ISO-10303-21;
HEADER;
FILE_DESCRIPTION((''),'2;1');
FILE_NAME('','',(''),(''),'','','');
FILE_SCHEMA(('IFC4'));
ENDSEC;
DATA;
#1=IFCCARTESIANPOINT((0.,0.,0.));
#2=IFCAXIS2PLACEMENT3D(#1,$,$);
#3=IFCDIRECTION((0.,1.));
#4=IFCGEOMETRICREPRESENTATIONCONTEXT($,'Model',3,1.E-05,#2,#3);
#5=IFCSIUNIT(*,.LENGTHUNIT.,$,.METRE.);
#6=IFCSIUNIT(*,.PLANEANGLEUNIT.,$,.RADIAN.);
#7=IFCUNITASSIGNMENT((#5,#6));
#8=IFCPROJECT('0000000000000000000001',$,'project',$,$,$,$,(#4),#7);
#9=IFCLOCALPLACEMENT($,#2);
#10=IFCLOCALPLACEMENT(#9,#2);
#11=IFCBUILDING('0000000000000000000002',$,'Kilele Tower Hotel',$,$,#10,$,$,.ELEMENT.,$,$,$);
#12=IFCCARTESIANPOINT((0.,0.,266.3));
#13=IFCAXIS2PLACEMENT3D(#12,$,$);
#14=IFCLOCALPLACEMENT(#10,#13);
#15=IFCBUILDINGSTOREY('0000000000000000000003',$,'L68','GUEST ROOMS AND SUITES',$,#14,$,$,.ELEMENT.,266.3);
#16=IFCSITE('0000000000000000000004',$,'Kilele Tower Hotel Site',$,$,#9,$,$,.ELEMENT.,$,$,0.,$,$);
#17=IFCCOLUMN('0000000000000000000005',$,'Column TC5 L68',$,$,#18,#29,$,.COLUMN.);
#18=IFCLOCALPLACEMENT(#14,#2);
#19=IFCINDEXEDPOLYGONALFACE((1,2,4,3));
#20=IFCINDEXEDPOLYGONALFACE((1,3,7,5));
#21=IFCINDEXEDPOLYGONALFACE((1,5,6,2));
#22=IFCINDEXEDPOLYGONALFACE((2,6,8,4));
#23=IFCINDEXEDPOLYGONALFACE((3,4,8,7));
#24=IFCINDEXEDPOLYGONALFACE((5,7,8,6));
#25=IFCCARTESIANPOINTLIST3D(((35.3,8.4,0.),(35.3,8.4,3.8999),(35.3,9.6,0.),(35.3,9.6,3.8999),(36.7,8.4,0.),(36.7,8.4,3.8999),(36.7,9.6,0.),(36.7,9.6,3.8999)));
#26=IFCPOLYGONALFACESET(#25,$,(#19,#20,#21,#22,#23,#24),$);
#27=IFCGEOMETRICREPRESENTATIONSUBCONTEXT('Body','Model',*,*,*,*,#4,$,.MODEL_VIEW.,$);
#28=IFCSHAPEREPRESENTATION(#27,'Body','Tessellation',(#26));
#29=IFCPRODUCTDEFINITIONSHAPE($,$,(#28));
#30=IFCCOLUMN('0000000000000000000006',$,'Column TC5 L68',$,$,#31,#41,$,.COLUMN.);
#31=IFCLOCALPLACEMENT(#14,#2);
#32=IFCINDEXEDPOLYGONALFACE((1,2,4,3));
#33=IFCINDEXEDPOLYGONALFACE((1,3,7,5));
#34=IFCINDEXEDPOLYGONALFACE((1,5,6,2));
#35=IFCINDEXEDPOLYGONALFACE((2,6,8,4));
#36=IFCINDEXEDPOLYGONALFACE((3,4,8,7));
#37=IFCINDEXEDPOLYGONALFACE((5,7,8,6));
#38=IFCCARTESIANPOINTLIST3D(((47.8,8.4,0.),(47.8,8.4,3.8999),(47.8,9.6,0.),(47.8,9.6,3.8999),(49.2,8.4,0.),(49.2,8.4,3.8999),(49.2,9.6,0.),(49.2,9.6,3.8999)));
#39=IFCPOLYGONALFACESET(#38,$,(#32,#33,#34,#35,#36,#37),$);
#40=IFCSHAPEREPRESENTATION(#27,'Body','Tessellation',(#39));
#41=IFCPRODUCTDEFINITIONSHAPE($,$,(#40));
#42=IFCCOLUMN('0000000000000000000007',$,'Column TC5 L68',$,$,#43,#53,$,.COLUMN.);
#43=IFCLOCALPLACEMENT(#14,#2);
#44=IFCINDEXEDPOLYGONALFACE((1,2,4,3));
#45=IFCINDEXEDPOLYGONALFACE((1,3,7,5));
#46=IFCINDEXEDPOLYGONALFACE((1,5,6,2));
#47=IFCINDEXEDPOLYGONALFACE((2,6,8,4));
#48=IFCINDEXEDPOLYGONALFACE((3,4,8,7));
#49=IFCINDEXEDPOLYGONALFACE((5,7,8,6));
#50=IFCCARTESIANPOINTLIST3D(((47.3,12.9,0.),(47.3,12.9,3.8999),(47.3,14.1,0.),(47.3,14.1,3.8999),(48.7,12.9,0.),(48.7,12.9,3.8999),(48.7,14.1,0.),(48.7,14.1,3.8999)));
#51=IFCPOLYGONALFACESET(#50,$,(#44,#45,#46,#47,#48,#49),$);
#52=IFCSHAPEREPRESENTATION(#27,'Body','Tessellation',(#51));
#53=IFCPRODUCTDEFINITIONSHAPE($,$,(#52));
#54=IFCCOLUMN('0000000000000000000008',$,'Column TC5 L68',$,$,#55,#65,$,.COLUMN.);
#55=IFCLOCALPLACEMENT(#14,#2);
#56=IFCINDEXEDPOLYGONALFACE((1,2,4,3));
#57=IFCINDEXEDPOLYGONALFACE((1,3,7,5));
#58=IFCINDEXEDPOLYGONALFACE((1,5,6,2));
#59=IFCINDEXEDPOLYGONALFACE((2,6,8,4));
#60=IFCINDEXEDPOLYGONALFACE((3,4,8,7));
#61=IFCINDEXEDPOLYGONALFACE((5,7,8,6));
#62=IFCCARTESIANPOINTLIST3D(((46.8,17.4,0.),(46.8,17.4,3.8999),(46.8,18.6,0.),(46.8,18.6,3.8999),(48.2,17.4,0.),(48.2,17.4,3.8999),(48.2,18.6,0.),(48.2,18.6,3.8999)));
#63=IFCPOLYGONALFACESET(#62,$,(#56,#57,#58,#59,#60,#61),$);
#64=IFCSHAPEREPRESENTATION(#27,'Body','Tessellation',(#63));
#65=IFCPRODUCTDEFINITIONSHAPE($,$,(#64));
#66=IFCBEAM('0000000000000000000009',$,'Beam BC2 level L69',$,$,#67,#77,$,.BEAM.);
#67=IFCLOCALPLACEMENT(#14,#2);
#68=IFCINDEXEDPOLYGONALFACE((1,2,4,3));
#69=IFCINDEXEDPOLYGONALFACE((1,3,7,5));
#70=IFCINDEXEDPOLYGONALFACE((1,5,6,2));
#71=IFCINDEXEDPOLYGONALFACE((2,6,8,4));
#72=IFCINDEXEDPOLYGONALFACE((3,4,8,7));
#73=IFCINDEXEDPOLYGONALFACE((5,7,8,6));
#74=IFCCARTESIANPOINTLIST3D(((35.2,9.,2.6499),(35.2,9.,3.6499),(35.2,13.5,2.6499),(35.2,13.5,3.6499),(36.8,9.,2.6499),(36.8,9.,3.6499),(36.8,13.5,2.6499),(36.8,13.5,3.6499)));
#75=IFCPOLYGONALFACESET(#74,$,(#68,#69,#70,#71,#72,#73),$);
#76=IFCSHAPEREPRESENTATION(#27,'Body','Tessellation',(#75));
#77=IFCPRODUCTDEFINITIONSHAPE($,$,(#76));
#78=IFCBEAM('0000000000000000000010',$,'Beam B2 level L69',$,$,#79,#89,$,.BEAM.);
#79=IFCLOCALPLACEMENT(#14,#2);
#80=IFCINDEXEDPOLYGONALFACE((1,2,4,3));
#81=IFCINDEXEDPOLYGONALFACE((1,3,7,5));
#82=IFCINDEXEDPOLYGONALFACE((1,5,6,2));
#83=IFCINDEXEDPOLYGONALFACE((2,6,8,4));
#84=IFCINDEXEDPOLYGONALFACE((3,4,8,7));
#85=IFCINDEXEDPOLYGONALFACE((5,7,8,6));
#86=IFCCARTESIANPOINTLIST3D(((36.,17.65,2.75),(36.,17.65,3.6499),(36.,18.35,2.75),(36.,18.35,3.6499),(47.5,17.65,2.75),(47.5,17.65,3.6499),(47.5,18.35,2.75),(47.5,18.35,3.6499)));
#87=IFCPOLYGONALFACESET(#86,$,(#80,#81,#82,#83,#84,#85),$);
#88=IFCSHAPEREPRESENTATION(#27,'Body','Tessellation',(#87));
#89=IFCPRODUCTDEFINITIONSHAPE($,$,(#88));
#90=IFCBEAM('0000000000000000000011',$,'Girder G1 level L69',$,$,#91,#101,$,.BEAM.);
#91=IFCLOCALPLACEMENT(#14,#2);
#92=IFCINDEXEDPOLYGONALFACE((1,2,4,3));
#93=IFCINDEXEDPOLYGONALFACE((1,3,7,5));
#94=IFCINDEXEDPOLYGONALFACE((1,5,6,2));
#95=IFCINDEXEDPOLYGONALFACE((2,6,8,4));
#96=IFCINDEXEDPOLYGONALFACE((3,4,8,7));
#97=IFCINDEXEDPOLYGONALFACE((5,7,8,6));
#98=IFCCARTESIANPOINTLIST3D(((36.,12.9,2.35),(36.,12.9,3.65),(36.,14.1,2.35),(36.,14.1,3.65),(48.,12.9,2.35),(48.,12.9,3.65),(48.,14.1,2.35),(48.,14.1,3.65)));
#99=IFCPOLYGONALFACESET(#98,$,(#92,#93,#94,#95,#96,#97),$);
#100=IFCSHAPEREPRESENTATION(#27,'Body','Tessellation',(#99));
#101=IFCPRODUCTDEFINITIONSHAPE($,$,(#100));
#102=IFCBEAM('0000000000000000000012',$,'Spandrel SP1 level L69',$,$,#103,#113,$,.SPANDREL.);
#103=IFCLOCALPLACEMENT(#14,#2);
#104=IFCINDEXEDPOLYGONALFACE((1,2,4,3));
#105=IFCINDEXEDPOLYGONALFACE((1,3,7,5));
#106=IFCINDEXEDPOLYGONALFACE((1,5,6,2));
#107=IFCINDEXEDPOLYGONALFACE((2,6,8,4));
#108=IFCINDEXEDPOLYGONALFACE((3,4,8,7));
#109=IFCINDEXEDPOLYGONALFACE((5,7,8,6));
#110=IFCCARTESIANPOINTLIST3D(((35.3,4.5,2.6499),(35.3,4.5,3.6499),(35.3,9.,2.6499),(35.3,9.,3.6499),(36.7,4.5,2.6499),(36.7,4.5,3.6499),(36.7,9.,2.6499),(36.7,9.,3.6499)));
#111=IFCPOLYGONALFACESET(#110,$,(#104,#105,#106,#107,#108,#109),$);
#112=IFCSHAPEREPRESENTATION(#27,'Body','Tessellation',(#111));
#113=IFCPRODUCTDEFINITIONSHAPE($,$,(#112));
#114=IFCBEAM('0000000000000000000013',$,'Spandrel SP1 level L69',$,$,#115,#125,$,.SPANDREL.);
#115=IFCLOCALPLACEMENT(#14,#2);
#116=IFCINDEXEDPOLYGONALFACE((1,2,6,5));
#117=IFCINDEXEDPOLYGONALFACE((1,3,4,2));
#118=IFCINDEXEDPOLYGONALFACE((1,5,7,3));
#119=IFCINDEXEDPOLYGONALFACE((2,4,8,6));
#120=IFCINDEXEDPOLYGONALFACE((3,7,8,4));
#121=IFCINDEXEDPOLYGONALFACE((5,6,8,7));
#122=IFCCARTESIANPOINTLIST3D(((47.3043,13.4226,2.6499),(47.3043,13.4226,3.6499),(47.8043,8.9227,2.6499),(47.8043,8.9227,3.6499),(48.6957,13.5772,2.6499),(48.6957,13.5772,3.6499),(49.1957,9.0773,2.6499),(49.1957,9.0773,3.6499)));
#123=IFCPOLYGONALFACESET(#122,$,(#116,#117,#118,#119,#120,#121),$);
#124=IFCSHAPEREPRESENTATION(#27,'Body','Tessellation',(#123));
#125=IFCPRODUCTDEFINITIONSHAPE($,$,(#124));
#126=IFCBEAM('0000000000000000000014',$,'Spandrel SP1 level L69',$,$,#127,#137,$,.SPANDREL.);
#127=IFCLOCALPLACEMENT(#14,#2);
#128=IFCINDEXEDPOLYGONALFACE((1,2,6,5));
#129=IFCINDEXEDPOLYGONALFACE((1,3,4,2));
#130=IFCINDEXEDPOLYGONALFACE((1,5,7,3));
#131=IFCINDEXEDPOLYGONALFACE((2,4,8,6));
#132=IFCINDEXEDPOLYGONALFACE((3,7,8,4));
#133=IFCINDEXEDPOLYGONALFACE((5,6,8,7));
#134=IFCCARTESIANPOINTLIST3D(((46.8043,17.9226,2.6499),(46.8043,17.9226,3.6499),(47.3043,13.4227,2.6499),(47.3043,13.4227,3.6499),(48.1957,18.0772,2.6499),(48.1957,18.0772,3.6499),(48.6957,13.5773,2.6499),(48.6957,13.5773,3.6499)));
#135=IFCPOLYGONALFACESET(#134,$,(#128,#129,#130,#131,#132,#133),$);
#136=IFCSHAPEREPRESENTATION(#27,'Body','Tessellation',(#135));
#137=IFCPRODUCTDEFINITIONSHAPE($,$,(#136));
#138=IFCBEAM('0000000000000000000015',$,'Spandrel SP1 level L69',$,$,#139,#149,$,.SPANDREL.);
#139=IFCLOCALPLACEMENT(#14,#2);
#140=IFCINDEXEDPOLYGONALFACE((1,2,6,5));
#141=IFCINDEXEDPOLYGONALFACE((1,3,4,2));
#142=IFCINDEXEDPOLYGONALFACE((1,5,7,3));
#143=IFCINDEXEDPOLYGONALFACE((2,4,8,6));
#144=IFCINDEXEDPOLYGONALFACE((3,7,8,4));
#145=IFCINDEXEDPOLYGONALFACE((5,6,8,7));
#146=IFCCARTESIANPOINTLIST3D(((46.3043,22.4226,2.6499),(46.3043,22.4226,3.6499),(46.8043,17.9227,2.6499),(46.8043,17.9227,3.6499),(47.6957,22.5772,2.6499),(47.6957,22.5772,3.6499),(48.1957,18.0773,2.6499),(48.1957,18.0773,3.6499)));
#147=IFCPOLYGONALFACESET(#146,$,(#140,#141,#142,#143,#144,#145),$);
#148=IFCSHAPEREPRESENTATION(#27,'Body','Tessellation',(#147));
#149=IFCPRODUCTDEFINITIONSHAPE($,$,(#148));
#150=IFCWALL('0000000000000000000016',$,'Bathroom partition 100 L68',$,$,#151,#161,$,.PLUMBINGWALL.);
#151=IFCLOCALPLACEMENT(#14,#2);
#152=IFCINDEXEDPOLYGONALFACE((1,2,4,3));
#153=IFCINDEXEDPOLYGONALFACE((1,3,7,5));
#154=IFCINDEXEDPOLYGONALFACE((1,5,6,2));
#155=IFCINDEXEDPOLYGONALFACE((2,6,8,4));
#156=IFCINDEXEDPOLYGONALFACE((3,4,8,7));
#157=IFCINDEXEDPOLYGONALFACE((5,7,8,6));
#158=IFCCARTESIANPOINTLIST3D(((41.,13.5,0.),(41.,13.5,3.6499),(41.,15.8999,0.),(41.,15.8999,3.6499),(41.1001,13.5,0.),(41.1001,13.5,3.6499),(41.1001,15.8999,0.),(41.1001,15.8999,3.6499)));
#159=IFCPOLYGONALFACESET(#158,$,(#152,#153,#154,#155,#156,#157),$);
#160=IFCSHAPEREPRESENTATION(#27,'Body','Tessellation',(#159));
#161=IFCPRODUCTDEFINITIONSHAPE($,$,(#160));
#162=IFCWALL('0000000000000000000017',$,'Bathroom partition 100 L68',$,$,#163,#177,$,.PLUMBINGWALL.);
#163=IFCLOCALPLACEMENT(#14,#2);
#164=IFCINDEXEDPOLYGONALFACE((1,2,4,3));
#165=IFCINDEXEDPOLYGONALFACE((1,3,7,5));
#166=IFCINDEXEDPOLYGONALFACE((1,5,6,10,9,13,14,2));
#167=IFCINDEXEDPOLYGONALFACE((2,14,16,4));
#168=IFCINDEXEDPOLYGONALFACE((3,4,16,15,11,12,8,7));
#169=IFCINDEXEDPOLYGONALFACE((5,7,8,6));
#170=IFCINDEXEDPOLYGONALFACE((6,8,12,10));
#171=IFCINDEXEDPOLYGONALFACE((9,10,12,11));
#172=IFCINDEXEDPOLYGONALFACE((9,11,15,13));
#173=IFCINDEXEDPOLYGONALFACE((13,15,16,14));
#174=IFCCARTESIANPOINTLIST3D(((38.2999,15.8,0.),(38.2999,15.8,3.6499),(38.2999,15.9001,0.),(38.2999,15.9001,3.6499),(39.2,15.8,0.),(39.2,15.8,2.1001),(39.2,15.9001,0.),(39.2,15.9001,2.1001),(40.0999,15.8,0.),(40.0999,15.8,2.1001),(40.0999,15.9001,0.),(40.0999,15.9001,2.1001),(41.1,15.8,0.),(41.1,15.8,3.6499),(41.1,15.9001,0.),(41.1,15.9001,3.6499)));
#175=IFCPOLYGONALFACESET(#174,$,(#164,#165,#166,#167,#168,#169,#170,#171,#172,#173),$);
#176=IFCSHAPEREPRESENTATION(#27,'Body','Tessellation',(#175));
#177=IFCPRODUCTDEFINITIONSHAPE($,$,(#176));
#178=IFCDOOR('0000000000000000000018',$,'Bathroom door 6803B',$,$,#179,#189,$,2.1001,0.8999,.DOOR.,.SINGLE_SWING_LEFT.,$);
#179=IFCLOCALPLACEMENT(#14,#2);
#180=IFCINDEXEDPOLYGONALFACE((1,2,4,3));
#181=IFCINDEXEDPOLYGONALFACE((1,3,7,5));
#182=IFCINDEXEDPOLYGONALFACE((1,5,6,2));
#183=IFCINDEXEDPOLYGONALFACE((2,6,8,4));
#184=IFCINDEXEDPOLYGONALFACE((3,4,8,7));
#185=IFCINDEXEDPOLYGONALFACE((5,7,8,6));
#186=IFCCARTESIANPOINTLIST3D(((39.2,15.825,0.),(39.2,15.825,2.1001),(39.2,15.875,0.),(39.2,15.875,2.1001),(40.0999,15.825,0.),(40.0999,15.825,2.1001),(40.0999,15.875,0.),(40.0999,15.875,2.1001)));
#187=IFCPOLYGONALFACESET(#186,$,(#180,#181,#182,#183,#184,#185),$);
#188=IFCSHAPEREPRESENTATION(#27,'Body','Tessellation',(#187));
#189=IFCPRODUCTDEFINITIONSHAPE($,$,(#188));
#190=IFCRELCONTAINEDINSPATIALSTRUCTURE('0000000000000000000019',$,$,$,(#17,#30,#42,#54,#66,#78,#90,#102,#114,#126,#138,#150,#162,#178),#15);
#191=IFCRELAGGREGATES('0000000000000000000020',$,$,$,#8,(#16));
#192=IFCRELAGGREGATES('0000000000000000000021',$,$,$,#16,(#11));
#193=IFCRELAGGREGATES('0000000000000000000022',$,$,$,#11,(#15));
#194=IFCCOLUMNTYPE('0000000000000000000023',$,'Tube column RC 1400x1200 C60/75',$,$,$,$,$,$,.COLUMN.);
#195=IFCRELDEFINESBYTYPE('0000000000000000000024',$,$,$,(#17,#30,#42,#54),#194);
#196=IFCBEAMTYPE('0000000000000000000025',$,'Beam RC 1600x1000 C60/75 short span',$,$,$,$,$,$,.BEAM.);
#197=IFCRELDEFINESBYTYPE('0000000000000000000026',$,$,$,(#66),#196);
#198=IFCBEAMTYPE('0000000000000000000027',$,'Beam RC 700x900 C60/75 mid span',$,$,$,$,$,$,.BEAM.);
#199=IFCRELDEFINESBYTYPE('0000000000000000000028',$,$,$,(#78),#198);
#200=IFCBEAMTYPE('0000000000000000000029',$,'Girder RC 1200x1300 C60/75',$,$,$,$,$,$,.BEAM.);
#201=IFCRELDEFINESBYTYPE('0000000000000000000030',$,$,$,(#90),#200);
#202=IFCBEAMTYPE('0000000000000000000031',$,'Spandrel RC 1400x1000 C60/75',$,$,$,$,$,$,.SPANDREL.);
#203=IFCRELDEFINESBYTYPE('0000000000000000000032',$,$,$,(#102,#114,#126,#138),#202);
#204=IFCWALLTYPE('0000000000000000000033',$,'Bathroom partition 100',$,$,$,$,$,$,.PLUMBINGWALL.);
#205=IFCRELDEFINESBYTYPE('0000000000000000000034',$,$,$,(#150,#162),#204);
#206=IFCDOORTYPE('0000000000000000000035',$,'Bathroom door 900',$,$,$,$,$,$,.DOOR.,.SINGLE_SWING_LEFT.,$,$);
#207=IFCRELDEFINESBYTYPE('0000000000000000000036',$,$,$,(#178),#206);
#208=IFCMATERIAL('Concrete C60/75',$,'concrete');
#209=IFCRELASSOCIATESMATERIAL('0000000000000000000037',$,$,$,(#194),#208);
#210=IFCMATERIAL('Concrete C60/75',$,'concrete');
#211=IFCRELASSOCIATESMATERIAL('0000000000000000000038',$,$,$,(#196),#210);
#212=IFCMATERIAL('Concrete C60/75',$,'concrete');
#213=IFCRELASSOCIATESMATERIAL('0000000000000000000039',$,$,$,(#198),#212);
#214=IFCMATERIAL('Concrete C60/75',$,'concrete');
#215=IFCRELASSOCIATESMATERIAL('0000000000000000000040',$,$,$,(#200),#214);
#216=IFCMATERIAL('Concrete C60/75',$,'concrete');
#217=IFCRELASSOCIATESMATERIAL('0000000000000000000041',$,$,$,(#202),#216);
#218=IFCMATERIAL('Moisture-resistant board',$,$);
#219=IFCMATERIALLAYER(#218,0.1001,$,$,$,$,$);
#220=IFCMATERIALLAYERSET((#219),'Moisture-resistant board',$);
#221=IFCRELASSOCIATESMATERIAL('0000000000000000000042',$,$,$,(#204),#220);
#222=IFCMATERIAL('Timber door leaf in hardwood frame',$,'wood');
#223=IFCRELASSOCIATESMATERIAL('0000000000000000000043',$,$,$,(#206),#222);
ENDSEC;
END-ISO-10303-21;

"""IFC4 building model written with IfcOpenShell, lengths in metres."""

from ifc_helpers import new_model, si_unit, direction, frame, frame_2d, origin, origin_2d, place, context, subcontext, project, spatial, rectangle, extrude, material, layer, layer_set, material_profile, profile_set, type_object, element, fill, save


model = new_model("IFC4")

# Units and contexts
model_context = context("Model", 3, precision=1e-05, world=origin(), true_north=direction((0.0, 1.0)))
body_context = subcontext(model_context, "Body", "Model", "MODEL_VIEW")
ifc_project = project(units=[si_unit("LENGTHUNIT", "METRE"), si_unit("PLANEANGLEUNIT", "RADIAN")], contexts=[model_context])

# Site, building, storey
site_placement = place(None, origin())
site = spatial("IfcSite", under=ifc_project, at=site_placement, Name="Kilele Tower Hotel Site", CompositionType="ELEMENT", RefElevation=0.0)
building_placement = place(site_placement, origin())
building = spatial("IfcBuilding", under=site, at=building_placement, Name="Kilele Tower Hotel", CompositionType="ELEMENT")
storey_placement = place(building_placement, frame((0.0, 0.0, 266.3)))
storey = spatial("IfcBuildingStorey", under=building, at=storey_placement, Name="L68", Description="GUEST ROOMS AND SUITES", CompositionType="ELEMENT", Elevation=266.3)

# Columns
ifc_material_1 = material(Name="Concrete C60/75", Category="concrete")
ifc_material_profile_1 = material_profile(ifc_material_1, rectangle(XDim=1.3999, YDim=1.2, at=origin_2d()))
ifc_profile_set_1 = profile_set([ifc_material_profile_1], Name="Concrete C60/75")
column_type = type_object("IfcColumnType", Name="Tube column RC 1400x1200 C60/75", PredefinedType="COLUMN", material=ifc_profile_set_1)
for number, where, z_axis, x_axis, name in (
    (1, (36.0, 9.0, 0.0), (0.0, 0.0, 1.0), (1.0, 0.0, 0.0), "Column TC5 L68"),
    (2, (48.5, 9.0, 0.0), (0.0, 0.0, 1.0), (1.0, 0.0, 0.0), "Column TC5 L68"),
    (3, (48.0, 13.5, 0.0), (0.0, 0.0, 1.0), (1.0, 0.0, 0.0), "Column TC5 L68"),
    (4, (47.5, 18.0, 0.0), (0.0, 0.0, 1.0), (1.0, 0.0, 0.0), "Column TC5 L68"),
):
    element("IfcColumn", number, at=place(storey_placement, frame(where, z_axis=z_axis, x_axis=x_axis)), inside=storey, type_object=column_type, Name=name, PredefinedType="COLUMN", context=body_context, shape_type="SweptSolid", body=[
        extrude(rectangle(XDim=1.3999, YDim=1.2, at=origin_2d()), origin(), (0.0, 0.0, 1.0), 3.8999),
    ])

# Beams
ifc_material_2 = material(Name="Concrete C60/75", Category="concrete")
ifc_material_profile_2 = material_profile(ifc_material_2, rectangle(XDim=1.6001, YDim=1.0, at=origin_2d()))
ifc_profile_set_2 = profile_set([ifc_material_profile_2], Name="Concrete C60/75")
beam_type_1 = type_object("IfcBeamType", Name="Beam RC 1600x1000 C60/75 short span", PredefinedType="BEAM", material=ifc_profile_set_2)
beam_1_placement = place(storey_placement, frame((36.0, 9.0, 3.1499), z_axis=(0.0, 1.0, 0.0), x_axis=(-1.0, 0.0, 0.0)))
element("IfcBeam", 5, at=beam_1_placement, inside=storey, type_object=beam_type_1, Name="Beam BC2 level L69", PredefinedType="BEAM", context=body_context, shape_type="SweptSolid", body=[
    extrude(rectangle(XDim=1.6001, YDim=1.0, at=origin_2d()), origin(), (0.0, 0.0, 1.0), 4.5),
])
ifc_material_3 = material(Name="Concrete C60/75", Category="concrete")
ifc_material_profile_3 = material_profile(ifc_material_3, rectangle(XDim=0.7, YDim=0.8999, at=origin_2d()))
ifc_profile_set_3 = profile_set([ifc_material_profile_3], Name="Concrete C60/75")
beam_type_2 = type_object("IfcBeamType", Name="Beam RC 700x900 C60/75 mid span", PredefinedType="BEAM", material=ifc_profile_set_3)
beam_2_placement = place(storey_placement, frame((47.5, 18.0, 3.2), z_axis=(-1.0, 0.0, 0.0), x_axis=(0.0, -1.0, 0.0)))
element("IfcBeam", 6, at=beam_2_placement, inside=storey, type_object=beam_type_2, Name="Beam B2 level L69", PredefinedType="BEAM", context=body_context, shape_type="SweptSolid", body=[
    extrude(rectangle(XDim=0.7, YDim=0.8999, at=origin_2d()), origin(), (0.0, 0.0, 1.0), 11.5),
])
ifc_material_4 = material(Name="Concrete C60/75", Category="concrete")
ifc_material_profile_4 = material_profile(ifc_material_4, rectangle(XDim=1.2, YDim=1.3, at=origin_2d()))
ifc_profile_set_4 = profile_set([ifc_material_profile_4], Name="Concrete C60/75")
beam_type_3 = type_object("IfcBeamType", Name="Girder RC 1200x1300 C60/75", PredefinedType="BEAM", material=ifc_profile_set_4)
beam_3_placement = place(storey_placement, frame((48.0, 13.5, 3.0), z_axis=(-1.0, 0.0, 0.0), x_axis=(0.0, -1.0, 0.0)))
element("IfcBeam", 7, at=beam_3_placement, inside=storey, type_object=beam_type_3, Name="Girder G1 level L69", PredefinedType="BEAM", context=body_context, shape_type="SweptSolid", body=[
    extrude(rectangle(XDim=1.2, YDim=1.3, at=origin_2d()), origin(), (0.0, 0.0, 1.0), 12.0),
])
ifc_material_5 = material(Name="Concrete C60/75", Category="concrete")
ifc_material_profile_5 = material_profile(ifc_material_5, rectangle(XDim=1.3999, YDim=1.0, at=origin_2d()))
ifc_profile_set_5 = profile_set([ifc_material_profile_5], Name="Concrete C60/75")
beam_type_4 = type_object("IfcBeamType", Name="Spandrel RC 1400x1000 C60/75", PredefinedType="SPANDREL", material=ifc_profile_set_5)
beam_4_placement = place(storey_placement, frame((36.0, 9.0, 3.1499), z_axis=(0.0, -1.0, 0.0), x_axis=(1.0, 0.0, 0.0)))
element("IfcBeam", 8, at=beam_4_placement, inside=storey, type_object=beam_type_4, Name="Spandrel SP1 level L69", PredefinedType="SPANDREL", context=body_context, shape_type="SweptSolid", body=[
    extrude(rectangle(XDim=1.3999, YDim=1.0, at=origin_2d()), origin(), (0.0, 0.0, 1.0), 4.5),
])
for number, where, z_axis, x_axis, name in (
    (9, (48.5, 9.0, 3.1499), (-0.110432, 0.993884, 0.0), (-0.993884, -0.110432, 0.0), "Spandrel SP1 level L69"),
    (10, (48.0, 13.5, 3.1499), (-0.110432, 0.993884, 0.0), (-0.993884, -0.110432, 0.0), "Spandrel SP1 level L69"),
    (11, (47.5, 18.0, 3.1499), (-0.110432, 0.993884, 0.0), (-0.993884, -0.110432, 0.0), "Spandrel SP1 level L69"),
):
    element("IfcBeam", number, at=place(storey_placement, frame(where, z_axis=z_axis, x_axis=x_axis)), inside=storey, type_object=beam_type_4, Name=name, PredefinedType="SPANDREL", context=body_context, shape_type="SweptSolid", body=[
        extrude(rectangle(XDim=1.3999, YDim=1.0, at=origin_2d()), origin(), (0.0, 0.0, 1.0), 4.5276),
    ])

# Wall
ifc_material_6 = material(Name="Moisture-resistant board")
ifc_layer_1 = layer(ifc_material_6, 0.1001)
ifc_layer_set_1 = layer_set([ifc_layer_1], Name="Moisture-resistant board")
wall_type_1 = type_object("IfcWallType", Name="Bathroom partition 100", PredefinedType="PLUMBINGWALL", material=ifc_layer_set_1)
wall_1_placement = place(storey_placement, frame((41.05, 13.5, 0.0), z_axis=(0.0, 0.0, 1.0), x_axis=(0.0, 1.0, 0.0)))
element("IfcWall", 12, at=wall_1_placement, inside=storey, type_object=wall_type_1, Name="Bathroom partition 100 L68", PredefinedType="PLUMBINGWALL", context=body_context, shape_type="SweptSolid", body=[
    extrude(rectangle(XDim=2.3999, YDim=0.1001, at=frame_2d((1.2, 0.0))), origin(), (0.0, 0.0, 1.0), 3.6499),
])

# Wall, opening, door
wall_2_placement = place(storey_placement, frame((38.3, 15.8501, 0.0), z_axis=(0.0, 0.0, 1.0), x_axis=(1.0, 0.0, 0.0)))
wall_2 = element("IfcWall", 13, at=wall_2_placement, inside=storey, type_object=wall_type_1, Name="Bathroom partition 100 L68", PredefinedType="PLUMBINGWALL", context=body_context, shape_type="SweptSolid", body=[
    extrude(rectangle(XDim=2.8, YDim=0.1001, at=frame_2d((1.3999, 0.0))), origin(), (0.0, 0.0, 1.0), 3.6499),
])
opening_1_placement = place(wall_2_placement, frame((0.8999, 0.0, 0.0)))
opening_1 = element("IfcOpeningElement", 14, at=opening_1_placement, cuts=wall_2, PredefinedType="OPENING", context=body_context, shape_type="SweptSolid", body=[
    extrude(rectangle(XDim=0.8999, YDim=2.1001, at=frame_2d((0.45, 1.05))), frame((0.0, 0.0601, 0.0), z_axis=(0.0, -1.0, 0.0), x_axis=(1.0, 0.0, 0.0)), (0.0, 0.0, 1.0), 0.1201),
])
ifc_material_7 = material(Name="Timber door leaf in hardwood frame", Category="wood")
door_type_1 = type_object("IfcDoorType", Name="Bathroom door 900", OperationType="SINGLE_SWING_LEFT", PredefinedType="DOOR", material=ifc_material_7)
door_1_placement = place(opening_1_placement, origin())
door_1 = element("IfcDoor", 15, at=door_1_placement, inside=storey, type_object=door_type_1, Name="Bathroom door 6803B", OperationType="SINGLE_SWING_LEFT", OverallHeight=2.1001, OverallWidth=0.8999, PredefinedType="DOOR", context=body_context, shape_type="SweptSolid", body=[
    extrude(rectangle(XDim=0.8999, YDim=2.1001, at=frame_2d((0.45, 1.05))), frame((0.0, 0.0249, 0.0), z_axis=(0.0, -1.0, 0.0), x_axis=(1.0, 0.0, 0.0)), (0.0, 0.0, 1.0), 0.05),
])
fill(opening_1, door_1)

save(model, "model.ifc")
